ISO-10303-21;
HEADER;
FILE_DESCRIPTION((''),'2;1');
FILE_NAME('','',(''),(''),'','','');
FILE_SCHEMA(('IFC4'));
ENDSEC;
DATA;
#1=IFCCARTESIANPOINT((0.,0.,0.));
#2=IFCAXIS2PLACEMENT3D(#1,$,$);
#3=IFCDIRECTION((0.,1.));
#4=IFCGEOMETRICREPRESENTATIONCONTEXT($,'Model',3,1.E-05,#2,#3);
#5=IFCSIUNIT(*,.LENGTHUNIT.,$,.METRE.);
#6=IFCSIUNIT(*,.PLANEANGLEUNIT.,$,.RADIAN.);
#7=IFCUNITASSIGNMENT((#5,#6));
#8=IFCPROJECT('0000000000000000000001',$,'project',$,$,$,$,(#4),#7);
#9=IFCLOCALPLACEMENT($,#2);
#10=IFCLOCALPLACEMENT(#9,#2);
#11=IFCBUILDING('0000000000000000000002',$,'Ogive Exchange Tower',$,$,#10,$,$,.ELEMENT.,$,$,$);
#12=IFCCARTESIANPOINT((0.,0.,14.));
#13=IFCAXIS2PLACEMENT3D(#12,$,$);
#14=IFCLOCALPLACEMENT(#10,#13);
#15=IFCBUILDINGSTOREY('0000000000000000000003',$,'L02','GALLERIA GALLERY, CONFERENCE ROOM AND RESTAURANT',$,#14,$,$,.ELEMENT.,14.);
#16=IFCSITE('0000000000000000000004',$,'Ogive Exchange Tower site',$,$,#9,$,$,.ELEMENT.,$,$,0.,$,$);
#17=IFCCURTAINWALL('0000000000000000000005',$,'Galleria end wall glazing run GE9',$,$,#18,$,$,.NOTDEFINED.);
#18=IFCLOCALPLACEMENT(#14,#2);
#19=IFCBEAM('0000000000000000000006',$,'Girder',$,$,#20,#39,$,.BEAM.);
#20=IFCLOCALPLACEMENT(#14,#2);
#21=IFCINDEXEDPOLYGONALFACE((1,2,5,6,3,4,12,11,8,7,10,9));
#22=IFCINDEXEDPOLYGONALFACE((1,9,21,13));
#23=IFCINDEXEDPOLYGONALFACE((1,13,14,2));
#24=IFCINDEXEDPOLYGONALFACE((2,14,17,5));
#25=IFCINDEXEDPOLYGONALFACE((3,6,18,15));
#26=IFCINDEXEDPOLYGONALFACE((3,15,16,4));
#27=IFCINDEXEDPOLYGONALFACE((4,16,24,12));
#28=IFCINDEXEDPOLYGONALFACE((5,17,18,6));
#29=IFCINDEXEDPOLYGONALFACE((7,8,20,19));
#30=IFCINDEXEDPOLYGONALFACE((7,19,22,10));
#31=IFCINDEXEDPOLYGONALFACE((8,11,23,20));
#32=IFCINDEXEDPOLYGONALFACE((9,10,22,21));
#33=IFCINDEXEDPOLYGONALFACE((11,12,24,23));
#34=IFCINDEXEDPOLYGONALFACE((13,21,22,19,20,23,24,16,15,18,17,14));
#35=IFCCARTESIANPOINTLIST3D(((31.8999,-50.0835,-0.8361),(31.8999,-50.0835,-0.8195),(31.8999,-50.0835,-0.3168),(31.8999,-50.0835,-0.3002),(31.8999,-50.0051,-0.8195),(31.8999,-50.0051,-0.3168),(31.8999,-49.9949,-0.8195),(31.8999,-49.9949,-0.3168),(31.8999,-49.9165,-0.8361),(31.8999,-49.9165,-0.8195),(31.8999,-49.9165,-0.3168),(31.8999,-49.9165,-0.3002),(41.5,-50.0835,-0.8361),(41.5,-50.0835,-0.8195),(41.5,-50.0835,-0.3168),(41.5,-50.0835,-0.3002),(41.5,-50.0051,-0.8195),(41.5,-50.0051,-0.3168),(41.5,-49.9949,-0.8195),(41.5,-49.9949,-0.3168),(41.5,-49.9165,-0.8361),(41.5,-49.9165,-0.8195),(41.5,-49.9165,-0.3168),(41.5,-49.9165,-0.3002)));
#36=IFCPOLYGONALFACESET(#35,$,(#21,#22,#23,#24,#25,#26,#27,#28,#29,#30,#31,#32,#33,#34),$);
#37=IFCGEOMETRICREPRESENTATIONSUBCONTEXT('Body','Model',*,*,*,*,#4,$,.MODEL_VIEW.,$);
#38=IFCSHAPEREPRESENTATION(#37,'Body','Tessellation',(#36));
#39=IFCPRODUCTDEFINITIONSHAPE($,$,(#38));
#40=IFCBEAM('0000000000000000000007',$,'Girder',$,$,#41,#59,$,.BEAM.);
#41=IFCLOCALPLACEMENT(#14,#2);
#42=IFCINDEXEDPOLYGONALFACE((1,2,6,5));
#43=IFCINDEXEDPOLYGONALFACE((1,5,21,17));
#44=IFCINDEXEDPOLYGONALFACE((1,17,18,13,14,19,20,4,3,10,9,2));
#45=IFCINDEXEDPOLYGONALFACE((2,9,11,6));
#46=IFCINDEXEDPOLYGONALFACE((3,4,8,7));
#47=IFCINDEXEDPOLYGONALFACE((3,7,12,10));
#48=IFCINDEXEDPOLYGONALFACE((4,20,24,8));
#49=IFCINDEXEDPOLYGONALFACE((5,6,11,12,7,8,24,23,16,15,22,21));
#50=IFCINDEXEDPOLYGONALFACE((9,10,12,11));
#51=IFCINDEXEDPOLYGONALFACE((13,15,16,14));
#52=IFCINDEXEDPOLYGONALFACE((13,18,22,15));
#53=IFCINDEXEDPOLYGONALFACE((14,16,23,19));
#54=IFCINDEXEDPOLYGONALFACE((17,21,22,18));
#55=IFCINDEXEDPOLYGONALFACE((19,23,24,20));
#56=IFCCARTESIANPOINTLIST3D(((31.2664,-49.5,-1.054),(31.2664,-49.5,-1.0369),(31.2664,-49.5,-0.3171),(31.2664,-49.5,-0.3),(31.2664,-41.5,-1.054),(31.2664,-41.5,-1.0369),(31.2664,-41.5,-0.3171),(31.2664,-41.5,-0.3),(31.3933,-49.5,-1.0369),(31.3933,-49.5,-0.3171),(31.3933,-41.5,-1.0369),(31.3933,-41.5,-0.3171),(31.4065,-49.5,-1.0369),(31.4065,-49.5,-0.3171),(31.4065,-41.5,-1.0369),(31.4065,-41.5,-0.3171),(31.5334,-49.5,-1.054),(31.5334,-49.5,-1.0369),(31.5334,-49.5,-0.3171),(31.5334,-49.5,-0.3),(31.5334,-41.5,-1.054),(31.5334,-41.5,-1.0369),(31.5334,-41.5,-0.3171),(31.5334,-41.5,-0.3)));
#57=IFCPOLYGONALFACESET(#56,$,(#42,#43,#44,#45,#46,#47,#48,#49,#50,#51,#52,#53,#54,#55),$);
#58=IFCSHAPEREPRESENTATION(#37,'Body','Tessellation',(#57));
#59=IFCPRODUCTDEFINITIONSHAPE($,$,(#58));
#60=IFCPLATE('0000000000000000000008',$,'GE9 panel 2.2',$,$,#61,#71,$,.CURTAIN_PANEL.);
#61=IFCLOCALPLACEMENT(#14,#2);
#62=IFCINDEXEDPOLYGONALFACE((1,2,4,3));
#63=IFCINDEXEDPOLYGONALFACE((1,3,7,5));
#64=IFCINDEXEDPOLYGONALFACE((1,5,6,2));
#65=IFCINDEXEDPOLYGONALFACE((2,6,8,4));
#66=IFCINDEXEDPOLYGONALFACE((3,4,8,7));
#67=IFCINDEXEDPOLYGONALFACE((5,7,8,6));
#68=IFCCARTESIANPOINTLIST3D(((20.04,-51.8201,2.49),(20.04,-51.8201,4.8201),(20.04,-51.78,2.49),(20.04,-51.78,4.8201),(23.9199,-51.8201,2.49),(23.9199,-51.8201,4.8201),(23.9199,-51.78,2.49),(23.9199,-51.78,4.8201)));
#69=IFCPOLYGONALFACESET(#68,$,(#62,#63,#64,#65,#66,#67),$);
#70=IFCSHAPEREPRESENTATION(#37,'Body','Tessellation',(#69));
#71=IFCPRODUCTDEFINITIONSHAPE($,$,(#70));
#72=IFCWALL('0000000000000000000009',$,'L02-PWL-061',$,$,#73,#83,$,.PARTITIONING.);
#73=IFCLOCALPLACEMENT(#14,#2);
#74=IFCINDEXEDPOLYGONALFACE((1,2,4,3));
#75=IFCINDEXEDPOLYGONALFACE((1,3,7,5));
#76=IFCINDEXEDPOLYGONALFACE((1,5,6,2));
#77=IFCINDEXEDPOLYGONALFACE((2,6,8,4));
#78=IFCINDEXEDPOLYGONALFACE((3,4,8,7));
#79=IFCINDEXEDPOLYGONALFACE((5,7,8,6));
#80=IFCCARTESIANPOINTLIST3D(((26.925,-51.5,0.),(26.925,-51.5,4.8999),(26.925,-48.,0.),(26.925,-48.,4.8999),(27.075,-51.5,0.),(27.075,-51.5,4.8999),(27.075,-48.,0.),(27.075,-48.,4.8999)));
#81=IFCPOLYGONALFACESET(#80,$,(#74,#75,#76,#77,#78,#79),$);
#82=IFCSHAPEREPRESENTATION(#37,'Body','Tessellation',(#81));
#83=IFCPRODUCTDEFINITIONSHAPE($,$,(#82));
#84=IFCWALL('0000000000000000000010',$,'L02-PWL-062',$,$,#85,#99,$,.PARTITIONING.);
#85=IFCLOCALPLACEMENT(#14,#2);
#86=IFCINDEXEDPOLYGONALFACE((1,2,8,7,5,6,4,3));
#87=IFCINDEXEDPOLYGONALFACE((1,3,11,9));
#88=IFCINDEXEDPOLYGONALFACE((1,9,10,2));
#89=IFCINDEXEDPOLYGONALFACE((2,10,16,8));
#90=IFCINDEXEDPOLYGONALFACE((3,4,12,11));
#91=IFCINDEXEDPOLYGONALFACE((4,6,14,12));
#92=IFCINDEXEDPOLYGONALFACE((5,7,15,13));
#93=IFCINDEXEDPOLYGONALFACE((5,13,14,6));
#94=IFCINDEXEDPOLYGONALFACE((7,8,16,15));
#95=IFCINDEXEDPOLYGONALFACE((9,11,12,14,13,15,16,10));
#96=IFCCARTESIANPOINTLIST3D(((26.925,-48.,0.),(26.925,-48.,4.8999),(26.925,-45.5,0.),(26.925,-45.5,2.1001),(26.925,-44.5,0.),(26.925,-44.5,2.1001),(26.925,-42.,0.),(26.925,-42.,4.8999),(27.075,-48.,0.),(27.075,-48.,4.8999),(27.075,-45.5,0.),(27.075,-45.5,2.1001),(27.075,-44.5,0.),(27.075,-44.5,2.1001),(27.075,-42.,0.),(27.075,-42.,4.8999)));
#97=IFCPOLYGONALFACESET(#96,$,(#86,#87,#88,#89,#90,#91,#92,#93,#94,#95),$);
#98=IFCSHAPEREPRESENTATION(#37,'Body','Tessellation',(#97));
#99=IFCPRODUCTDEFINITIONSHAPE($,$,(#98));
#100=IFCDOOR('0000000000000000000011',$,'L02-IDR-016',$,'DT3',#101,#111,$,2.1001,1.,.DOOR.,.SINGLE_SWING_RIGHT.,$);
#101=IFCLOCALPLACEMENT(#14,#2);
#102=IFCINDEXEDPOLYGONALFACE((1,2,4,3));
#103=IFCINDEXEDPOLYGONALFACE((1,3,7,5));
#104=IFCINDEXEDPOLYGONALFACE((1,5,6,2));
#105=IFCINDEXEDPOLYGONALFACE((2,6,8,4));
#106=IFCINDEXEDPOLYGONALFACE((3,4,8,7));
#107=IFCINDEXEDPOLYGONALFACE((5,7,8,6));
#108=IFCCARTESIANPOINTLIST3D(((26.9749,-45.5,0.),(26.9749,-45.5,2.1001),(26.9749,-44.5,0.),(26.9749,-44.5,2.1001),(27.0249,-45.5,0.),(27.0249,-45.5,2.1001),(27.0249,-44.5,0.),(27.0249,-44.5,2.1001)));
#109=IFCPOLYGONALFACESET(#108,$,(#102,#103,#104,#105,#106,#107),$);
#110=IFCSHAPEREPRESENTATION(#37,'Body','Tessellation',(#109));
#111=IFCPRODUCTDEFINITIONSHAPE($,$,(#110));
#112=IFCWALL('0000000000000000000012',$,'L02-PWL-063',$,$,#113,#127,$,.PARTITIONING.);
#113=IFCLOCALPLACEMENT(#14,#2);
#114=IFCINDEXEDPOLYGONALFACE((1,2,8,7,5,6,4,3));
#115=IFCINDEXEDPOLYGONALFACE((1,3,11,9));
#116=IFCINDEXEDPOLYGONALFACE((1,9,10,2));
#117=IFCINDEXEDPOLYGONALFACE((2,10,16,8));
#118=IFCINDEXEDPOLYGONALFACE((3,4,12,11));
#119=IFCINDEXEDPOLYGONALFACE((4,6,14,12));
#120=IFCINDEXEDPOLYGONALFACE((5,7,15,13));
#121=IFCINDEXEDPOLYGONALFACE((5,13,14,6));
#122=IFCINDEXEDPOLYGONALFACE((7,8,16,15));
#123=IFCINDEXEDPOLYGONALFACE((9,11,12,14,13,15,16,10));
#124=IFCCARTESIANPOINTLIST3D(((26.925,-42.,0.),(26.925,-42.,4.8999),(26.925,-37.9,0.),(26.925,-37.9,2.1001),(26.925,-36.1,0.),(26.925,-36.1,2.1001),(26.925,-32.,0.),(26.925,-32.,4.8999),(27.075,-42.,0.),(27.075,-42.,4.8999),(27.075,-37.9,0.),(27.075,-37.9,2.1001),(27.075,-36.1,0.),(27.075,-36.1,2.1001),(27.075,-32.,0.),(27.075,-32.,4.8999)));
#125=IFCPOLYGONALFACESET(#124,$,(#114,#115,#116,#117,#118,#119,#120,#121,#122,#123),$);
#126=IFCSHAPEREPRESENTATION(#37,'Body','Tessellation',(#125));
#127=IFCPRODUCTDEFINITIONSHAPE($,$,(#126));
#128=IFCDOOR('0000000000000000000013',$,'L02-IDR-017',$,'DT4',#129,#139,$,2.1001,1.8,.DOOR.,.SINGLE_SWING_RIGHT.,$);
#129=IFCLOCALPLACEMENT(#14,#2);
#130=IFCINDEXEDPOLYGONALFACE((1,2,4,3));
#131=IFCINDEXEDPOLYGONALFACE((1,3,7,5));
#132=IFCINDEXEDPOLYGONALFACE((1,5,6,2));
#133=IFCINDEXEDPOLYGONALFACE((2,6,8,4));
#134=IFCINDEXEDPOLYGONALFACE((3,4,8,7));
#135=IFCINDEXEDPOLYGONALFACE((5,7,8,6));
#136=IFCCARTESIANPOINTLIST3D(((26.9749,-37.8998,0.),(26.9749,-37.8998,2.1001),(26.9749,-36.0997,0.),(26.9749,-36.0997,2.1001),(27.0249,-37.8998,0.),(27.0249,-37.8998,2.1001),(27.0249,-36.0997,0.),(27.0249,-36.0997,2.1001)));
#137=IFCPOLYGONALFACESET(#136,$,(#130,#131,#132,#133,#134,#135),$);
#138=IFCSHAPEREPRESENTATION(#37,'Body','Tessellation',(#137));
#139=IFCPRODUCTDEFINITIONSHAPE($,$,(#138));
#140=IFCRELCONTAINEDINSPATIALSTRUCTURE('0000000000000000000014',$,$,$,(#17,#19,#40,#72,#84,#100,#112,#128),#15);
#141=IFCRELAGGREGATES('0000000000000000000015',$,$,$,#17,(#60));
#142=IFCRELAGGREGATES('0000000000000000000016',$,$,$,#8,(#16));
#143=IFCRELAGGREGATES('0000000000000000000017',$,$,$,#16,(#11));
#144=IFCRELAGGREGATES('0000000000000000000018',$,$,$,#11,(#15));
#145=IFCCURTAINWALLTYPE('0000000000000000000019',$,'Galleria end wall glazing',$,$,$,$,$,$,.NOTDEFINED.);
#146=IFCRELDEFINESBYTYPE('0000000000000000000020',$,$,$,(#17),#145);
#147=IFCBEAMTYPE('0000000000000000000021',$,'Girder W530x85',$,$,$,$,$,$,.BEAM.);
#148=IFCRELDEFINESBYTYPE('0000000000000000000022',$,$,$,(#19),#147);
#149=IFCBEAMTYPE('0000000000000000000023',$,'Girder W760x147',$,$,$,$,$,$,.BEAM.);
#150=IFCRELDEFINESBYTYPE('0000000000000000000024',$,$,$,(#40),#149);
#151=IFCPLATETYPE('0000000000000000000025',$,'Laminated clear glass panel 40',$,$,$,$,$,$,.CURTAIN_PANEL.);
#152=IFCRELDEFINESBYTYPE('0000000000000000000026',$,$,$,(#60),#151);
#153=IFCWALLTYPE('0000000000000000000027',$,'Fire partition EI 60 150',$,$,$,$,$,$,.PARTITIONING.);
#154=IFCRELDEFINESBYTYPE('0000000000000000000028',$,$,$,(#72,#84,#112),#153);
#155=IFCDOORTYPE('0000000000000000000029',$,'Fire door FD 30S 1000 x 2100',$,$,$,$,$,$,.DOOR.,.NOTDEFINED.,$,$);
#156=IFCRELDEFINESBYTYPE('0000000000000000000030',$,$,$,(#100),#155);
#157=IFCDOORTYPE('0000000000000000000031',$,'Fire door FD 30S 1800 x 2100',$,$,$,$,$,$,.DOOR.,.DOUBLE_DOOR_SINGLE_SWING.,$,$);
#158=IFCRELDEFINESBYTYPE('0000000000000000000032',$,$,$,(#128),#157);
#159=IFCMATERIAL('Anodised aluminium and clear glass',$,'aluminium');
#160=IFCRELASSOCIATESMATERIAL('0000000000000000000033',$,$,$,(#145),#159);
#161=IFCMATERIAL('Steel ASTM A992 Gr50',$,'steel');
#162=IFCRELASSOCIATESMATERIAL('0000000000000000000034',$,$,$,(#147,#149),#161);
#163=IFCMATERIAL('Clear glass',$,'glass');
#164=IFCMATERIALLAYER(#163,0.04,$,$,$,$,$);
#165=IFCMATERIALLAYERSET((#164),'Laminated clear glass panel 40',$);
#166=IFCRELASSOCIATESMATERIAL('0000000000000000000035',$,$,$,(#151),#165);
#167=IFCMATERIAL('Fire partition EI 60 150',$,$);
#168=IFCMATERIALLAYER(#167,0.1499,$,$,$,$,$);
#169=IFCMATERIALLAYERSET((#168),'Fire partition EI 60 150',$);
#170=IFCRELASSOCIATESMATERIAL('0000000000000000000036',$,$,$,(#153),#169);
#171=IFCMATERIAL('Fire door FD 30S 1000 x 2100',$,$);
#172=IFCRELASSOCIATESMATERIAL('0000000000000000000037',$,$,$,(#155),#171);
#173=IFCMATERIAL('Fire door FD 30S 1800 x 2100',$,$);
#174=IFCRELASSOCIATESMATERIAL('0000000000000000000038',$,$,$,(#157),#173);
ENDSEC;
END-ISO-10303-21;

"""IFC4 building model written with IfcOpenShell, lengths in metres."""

from ifc_helpers import new_model, si_unit, direction, frame, frame_2d, origin, origin_2d, place, context, subcontext, project, spatial, rectangle, i_section, extrude, material, layer, layer_set, material_profile, profile_set, type_object, element, fill, aggregate, save


model = new_model("IFC4")

# Units and contexts
model_context = context("Model", 3, precision=1e-05, world=origin(), true_north=direction((0.0, 1.0)))
body_context = subcontext(model_context, "Body", "Model", "MODEL_VIEW")
ifc_project = project(units=[si_unit("LENGTHUNIT", "METRE"), si_unit("PLANEANGLEUNIT", "RADIAN")], contexts=[model_context])

# Site, building, storey
site_placement = place(None, origin())
site = spatial("IfcSite", under=ifc_project, at=site_placement, Name="Ogive Exchange Tower site", CompositionType="ELEMENT", RefElevation=0.0)
building_placement = place(site_placement, origin())
building = spatial("IfcBuilding", under=site, at=building_placement, Name="Ogive Exchange Tower", CompositionType="ELEMENT")
storey_placement = place(building_placement, frame((0.0, 0.0, 14.0)))
storey = spatial("IfcBuildingStorey", under=building, at=storey_placement, Name="L02", Description="GALLERIA GALLERY, CONFERENCE ROOM AND RESTAURANT", CompositionType="ELEMENT", Elevation=14.0)

# Shared definitions
ifc_material_1 = material(Name="Steel ASTM A992 Gr50", Category="steel")

# Curtain wall
ifc_material_2 = material(Name="Anodised aluminium and clear glass", Category="aluminium")
curtain_wall_type = type_object("IfcCurtainWallType", Name="Galleria end wall glazing", PredefinedType="NOTDEFINED", material=ifc_material_2)
curtain_wall_placement = place(storey_placement, origin())
curtain_wall = element("IfcCurtainWall", 1, at=curtain_wall_placement, inside=storey, type_object=curtain_wall_type, Name="Galleria end wall glazing run GE9", PredefinedType="NOTDEFINED")

# Beams
ifc_material_profile_1 = material_profile(ifc_material_1, i_section(OverallWidth=0.167, OverallDepth=0.5359, WebThickness=0.0103, FlangeThickness=0.0166, at=origin_2d()), Name="W530x85")
ifc_profile_set_1 = profile_set([ifc_material_profile_1], Name="Steel ASTM A992 Gr50")
beam_type_1 = type_object("IfcBeamType", Name="Girder W530x85", PredefinedType="BEAM", material=ifc_profile_set_1)
beam_1_placement = place(storey_placement, frame((31.8999, -50.0, -0.5681), z_axis=(1.0, 0.0, 0.0), x_axis=(0.0, 1.0, 0.0)))
element("IfcBeam", 2, at=beam_1_placement, inside=storey, type_object=beam_type_1, Name="Girder", PredefinedType="BEAM", context=body_context, shape_type="SweptSolid", body=[
    extrude(i_section(OverallWidth=0.167, OverallDepth=0.5359, WebThickness=0.0103, FlangeThickness=0.0166, at=origin_2d()), origin(), (0.0, 0.0, 1.0), 9.6001),
])
ifc_material_profile_2 = material_profile(ifc_material_1, i_section(OverallWidth=0.2671, OverallDepth=0.7539, WebThickness=0.0132, FlangeThickness=0.0171, at=origin_2d()), Name="W760x147")
ifc_profile_set_2 = profile_set([ifc_material_profile_2], Name="Steel ASTM A992 Gr50")
beam_type_2 = type_object("IfcBeamType", Name="Girder W760x147", PredefinedType="BEAM", material=ifc_profile_set_2)
beam_2_placement = place(storey_placement, frame((31.3999, -49.5, -0.677), z_axis=(0.0, 1.0, 0.0), x_axis=(-1.0, 0.0, 0.0)))
element("IfcBeam", 3, at=beam_2_placement, inside=storey, type_object=beam_type_2, Name="Girder", PredefinedType="BEAM", context=body_context, shape_type="SweptSolid", body=[
    extrude(i_section(OverallWidth=0.2671, OverallDepth=0.7539, WebThickness=0.0132, FlangeThickness=0.0171, at=origin_2d()), origin(), (0.0, 0.0, 1.0), 8.0),
])

# Plate
ifc_material_3 = material(Name="Clear glass", Category="glass")
ifc_layer_1 = layer(ifc_material_3, 0.04)
ifc_layer_set_1 = layer_set([ifc_layer_1], Name="Laminated clear glass panel 40")
plate_type = type_object("IfcPlateType", Name="Laminated clear glass panel 40", PredefinedType="CURTAIN_PANEL", material=ifc_layer_set_1)
plate_placement = place(storey_placement, frame((21.98, -51.8, 2.49), z_axis=(0.0, 0.0, 1.0), x_axis=(1.0, 0.0, 0.0)))
plate = element("IfcPlate", 4, at=plate_placement, type_object=plate_type, Name="GE9 panel 2.2", PredefinedType="CURTAIN_PANEL", context=body_context, shape_type="SweptSolid", body=[
    extrude(rectangle(XDim=3.8799, YDim=0.04, at=origin_2d()), origin(), (0.0, 0.0, 1.0), 2.3301),
])
aggregate(curtain_wall, [plate])

# Wall
ifc_material_4 = material(Name="Fire partition EI 60 150")
ifc_layer_2 = layer(ifc_material_4, 0.1499)
ifc_layer_set_2 = layer_set([ifc_layer_2], Name="Fire partition EI 60 150")
wall_type_1 = type_object("IfcWallType", Name="Fire partition EI 60 150", PredefinedType="PARTITIONING", material=ifc_layer_set_2)
wall_1_placement = place(storey_placement, frame((27.0, -51.5, 0.0), z_axis=(0.0, 0.0, 1.0), x_axis=(0.0, 1.0, 0.0)))
element("IfcWall", 5, at=wall_1_placement, inside=storey, type_object=wall_type_1, Name="L02-PWL-061", PredefinedType="PARTITIONING", context=body_context, shape_type="SweptSolid", body=[
    extrude(rectangle(XDim=3.5, YDim=0.1499, at=frame_2d((1.75, 0.0))), origin(), (0.0, 0.0, 1.0), 4.8999),
])

# Walls, openings, doors
wall_2_placement = place(storey_placement, frame((27.0, -48.0, 0.0), z_axis=(0.0, 0.0, 1.0), x_axis=(0.0, 1.0, 0.0)))
wall_2 = element("IfcWall", 6, at=wall_2_placement, inside=storey, type_object=wall_type_1, Name="L02-PWL-062", PredefinedType="PARTITIONING", context=body_context, shape_type="SweptSolid", body=[
    extrude(rectangle(XDim=6.0, YDim=0.1499, at=frame_2d((3.0, 0.0))), origin(), (0.0, 0.0, 1.0), 4.8999),
])
opening_1_placement = place(wall_2_placement, frame((2.5, 0.0, 0.0)))
opening_1 = element("IfcOpeningElement", 7, at=opening_1_placement, cuts=wall_2, PredefinedType="OPENING", context=body_context, shape_type="SweptSolid", body=[
    extrude(rectangle(XDim=1.0, YDim=2.1001, at=frame_2d((0.5, 1.05))), frame((0.0, 0.085, 0.0), z_axis=(0.0, -1.0, 0.0), x_axis=(1.0, 0.0, 0.0)), (0.0, 0.0, 1.0), 0.1699),
])
ifc_material_5 = material(Name="Fire door FD 30S 1000 x 2100")
door_type_1 = type_object("IfcDoorType", Name="Fire door FD 30S 1000 x 2100", OperationType="NOTDEFINED", PredefinedType="DOOR", material=ifc_material_5)
door_1_placement = place(opening_1_placement, frame((1.0, 0.0, 0.0), z_axis=(0.0, 0.0, 1.0), x_axis=(-1.0, 0.0, 0.0)))
door_1 = element("IfcDoor", 8, at=door_1_placement, inside=storey, type_object=door_type_1, Name="L02-IDR-016", ObjectType="DT3", OperationType="SINGLE_SWING_RIGHT", OverallHeight=2.1001, OverallWidth=1.0, PredefinedType="DOOR", context=body_context, shape_type="SweptSolid", body=[
    extrude(rectangle(XDim=1.0, YDim=2.1001, at=frame_2d((0.5, 1.05))), frame((0.0, 0.0249, 0.0), z_axis=(0.0, -1.0, 0.0), x_axis=(1.0, 0.0, 0.0)), (0.0, 0.0, 1.0), 0.05),
])
fill(opening_1, door_1)
wall_3_placement = place(storey_placement, frame((27.0, -42.0, 0.0), z_axis=(0.0, 0.0, 1.0), x_axis=(0.0, 1.0, 0.0)))
wall_3 = element("IfcWall", 9, at=wall_3_placement, inside=storey, type_object=wall_type_1, Name="L02-PWL-063", PredefinedType="PARTITIONING", context=body_context, shape_type="SweptSolid", body=[
    extrude(rectangle(XDim=10.0, YDim=0.1499, at=frame_2d((5.0, 0.0))), origin(), (0.0, 0.0, 1.0), 4.8999),
])
opening_2_placement = place(wall_3_placement, frame((4.1001, 0.0, 0.0)))
opening_2 = element("IfcOpeningElement", 10, at=opening_2_placement, cuts=wall_3, PredefinedType="OPENING", context=body_context, shape_type="SweptSolid", body=[
    extrude(rectangle(XDim=1.8, YDim=2.1001, at=frame_2d((0.8999, 1.05))), frame((0.0, 0.085, 0.0), z_axis=(0.0, -1.0, 0.0), x_axis=(1.0, 0.0, 0.0)), (0.0, 0.0, 1.0), 0.1699),
])
ifc_material_6 = material(Name="Fire door FD 30S 1800 x 2100")
door_type_2 = type_object("IfcDoorType", Name="Fire door FD 30S 1800 x 2100", OperationType="DOUBLE_DOOR_SINGLE_SWING", PredefinedType="DOOR", material=ifc_material_6)
door_2_placement = place(opening_2_placement, frame((1.8, 0.0, 0.0), z_axis=(0.0, 0.0, 1.0), x_axis=(-1.0, 0.0, 0.0)))
door_2 = element("IfcDoor", 11, at=door_2_placement, inside=storey, type_object=door_type_2, Name="L02-IDR-017", ObjectType="DT4", OperationType="SINGLE_SWING_RIGHT", OverallHeight=2.1001, OverallWidth=1.8, PredefinedType="DOOR", context=body_context, shape_type="SweptSolid", body=[
    extrude(rectangle(XDim=1.8, YDim=2.1001, at=frame_2d((0.8999, 1.05))), frame((0.0, 0.0249, 0.0), z_axis=(0.0, -1.0, 0.0), x_axis=(1.0, 0.0, 0.0)), (0.0, 0.0, 1.0), 0.05),
])
fill(opening_2, door_2)

save(model, "model.ifc")
